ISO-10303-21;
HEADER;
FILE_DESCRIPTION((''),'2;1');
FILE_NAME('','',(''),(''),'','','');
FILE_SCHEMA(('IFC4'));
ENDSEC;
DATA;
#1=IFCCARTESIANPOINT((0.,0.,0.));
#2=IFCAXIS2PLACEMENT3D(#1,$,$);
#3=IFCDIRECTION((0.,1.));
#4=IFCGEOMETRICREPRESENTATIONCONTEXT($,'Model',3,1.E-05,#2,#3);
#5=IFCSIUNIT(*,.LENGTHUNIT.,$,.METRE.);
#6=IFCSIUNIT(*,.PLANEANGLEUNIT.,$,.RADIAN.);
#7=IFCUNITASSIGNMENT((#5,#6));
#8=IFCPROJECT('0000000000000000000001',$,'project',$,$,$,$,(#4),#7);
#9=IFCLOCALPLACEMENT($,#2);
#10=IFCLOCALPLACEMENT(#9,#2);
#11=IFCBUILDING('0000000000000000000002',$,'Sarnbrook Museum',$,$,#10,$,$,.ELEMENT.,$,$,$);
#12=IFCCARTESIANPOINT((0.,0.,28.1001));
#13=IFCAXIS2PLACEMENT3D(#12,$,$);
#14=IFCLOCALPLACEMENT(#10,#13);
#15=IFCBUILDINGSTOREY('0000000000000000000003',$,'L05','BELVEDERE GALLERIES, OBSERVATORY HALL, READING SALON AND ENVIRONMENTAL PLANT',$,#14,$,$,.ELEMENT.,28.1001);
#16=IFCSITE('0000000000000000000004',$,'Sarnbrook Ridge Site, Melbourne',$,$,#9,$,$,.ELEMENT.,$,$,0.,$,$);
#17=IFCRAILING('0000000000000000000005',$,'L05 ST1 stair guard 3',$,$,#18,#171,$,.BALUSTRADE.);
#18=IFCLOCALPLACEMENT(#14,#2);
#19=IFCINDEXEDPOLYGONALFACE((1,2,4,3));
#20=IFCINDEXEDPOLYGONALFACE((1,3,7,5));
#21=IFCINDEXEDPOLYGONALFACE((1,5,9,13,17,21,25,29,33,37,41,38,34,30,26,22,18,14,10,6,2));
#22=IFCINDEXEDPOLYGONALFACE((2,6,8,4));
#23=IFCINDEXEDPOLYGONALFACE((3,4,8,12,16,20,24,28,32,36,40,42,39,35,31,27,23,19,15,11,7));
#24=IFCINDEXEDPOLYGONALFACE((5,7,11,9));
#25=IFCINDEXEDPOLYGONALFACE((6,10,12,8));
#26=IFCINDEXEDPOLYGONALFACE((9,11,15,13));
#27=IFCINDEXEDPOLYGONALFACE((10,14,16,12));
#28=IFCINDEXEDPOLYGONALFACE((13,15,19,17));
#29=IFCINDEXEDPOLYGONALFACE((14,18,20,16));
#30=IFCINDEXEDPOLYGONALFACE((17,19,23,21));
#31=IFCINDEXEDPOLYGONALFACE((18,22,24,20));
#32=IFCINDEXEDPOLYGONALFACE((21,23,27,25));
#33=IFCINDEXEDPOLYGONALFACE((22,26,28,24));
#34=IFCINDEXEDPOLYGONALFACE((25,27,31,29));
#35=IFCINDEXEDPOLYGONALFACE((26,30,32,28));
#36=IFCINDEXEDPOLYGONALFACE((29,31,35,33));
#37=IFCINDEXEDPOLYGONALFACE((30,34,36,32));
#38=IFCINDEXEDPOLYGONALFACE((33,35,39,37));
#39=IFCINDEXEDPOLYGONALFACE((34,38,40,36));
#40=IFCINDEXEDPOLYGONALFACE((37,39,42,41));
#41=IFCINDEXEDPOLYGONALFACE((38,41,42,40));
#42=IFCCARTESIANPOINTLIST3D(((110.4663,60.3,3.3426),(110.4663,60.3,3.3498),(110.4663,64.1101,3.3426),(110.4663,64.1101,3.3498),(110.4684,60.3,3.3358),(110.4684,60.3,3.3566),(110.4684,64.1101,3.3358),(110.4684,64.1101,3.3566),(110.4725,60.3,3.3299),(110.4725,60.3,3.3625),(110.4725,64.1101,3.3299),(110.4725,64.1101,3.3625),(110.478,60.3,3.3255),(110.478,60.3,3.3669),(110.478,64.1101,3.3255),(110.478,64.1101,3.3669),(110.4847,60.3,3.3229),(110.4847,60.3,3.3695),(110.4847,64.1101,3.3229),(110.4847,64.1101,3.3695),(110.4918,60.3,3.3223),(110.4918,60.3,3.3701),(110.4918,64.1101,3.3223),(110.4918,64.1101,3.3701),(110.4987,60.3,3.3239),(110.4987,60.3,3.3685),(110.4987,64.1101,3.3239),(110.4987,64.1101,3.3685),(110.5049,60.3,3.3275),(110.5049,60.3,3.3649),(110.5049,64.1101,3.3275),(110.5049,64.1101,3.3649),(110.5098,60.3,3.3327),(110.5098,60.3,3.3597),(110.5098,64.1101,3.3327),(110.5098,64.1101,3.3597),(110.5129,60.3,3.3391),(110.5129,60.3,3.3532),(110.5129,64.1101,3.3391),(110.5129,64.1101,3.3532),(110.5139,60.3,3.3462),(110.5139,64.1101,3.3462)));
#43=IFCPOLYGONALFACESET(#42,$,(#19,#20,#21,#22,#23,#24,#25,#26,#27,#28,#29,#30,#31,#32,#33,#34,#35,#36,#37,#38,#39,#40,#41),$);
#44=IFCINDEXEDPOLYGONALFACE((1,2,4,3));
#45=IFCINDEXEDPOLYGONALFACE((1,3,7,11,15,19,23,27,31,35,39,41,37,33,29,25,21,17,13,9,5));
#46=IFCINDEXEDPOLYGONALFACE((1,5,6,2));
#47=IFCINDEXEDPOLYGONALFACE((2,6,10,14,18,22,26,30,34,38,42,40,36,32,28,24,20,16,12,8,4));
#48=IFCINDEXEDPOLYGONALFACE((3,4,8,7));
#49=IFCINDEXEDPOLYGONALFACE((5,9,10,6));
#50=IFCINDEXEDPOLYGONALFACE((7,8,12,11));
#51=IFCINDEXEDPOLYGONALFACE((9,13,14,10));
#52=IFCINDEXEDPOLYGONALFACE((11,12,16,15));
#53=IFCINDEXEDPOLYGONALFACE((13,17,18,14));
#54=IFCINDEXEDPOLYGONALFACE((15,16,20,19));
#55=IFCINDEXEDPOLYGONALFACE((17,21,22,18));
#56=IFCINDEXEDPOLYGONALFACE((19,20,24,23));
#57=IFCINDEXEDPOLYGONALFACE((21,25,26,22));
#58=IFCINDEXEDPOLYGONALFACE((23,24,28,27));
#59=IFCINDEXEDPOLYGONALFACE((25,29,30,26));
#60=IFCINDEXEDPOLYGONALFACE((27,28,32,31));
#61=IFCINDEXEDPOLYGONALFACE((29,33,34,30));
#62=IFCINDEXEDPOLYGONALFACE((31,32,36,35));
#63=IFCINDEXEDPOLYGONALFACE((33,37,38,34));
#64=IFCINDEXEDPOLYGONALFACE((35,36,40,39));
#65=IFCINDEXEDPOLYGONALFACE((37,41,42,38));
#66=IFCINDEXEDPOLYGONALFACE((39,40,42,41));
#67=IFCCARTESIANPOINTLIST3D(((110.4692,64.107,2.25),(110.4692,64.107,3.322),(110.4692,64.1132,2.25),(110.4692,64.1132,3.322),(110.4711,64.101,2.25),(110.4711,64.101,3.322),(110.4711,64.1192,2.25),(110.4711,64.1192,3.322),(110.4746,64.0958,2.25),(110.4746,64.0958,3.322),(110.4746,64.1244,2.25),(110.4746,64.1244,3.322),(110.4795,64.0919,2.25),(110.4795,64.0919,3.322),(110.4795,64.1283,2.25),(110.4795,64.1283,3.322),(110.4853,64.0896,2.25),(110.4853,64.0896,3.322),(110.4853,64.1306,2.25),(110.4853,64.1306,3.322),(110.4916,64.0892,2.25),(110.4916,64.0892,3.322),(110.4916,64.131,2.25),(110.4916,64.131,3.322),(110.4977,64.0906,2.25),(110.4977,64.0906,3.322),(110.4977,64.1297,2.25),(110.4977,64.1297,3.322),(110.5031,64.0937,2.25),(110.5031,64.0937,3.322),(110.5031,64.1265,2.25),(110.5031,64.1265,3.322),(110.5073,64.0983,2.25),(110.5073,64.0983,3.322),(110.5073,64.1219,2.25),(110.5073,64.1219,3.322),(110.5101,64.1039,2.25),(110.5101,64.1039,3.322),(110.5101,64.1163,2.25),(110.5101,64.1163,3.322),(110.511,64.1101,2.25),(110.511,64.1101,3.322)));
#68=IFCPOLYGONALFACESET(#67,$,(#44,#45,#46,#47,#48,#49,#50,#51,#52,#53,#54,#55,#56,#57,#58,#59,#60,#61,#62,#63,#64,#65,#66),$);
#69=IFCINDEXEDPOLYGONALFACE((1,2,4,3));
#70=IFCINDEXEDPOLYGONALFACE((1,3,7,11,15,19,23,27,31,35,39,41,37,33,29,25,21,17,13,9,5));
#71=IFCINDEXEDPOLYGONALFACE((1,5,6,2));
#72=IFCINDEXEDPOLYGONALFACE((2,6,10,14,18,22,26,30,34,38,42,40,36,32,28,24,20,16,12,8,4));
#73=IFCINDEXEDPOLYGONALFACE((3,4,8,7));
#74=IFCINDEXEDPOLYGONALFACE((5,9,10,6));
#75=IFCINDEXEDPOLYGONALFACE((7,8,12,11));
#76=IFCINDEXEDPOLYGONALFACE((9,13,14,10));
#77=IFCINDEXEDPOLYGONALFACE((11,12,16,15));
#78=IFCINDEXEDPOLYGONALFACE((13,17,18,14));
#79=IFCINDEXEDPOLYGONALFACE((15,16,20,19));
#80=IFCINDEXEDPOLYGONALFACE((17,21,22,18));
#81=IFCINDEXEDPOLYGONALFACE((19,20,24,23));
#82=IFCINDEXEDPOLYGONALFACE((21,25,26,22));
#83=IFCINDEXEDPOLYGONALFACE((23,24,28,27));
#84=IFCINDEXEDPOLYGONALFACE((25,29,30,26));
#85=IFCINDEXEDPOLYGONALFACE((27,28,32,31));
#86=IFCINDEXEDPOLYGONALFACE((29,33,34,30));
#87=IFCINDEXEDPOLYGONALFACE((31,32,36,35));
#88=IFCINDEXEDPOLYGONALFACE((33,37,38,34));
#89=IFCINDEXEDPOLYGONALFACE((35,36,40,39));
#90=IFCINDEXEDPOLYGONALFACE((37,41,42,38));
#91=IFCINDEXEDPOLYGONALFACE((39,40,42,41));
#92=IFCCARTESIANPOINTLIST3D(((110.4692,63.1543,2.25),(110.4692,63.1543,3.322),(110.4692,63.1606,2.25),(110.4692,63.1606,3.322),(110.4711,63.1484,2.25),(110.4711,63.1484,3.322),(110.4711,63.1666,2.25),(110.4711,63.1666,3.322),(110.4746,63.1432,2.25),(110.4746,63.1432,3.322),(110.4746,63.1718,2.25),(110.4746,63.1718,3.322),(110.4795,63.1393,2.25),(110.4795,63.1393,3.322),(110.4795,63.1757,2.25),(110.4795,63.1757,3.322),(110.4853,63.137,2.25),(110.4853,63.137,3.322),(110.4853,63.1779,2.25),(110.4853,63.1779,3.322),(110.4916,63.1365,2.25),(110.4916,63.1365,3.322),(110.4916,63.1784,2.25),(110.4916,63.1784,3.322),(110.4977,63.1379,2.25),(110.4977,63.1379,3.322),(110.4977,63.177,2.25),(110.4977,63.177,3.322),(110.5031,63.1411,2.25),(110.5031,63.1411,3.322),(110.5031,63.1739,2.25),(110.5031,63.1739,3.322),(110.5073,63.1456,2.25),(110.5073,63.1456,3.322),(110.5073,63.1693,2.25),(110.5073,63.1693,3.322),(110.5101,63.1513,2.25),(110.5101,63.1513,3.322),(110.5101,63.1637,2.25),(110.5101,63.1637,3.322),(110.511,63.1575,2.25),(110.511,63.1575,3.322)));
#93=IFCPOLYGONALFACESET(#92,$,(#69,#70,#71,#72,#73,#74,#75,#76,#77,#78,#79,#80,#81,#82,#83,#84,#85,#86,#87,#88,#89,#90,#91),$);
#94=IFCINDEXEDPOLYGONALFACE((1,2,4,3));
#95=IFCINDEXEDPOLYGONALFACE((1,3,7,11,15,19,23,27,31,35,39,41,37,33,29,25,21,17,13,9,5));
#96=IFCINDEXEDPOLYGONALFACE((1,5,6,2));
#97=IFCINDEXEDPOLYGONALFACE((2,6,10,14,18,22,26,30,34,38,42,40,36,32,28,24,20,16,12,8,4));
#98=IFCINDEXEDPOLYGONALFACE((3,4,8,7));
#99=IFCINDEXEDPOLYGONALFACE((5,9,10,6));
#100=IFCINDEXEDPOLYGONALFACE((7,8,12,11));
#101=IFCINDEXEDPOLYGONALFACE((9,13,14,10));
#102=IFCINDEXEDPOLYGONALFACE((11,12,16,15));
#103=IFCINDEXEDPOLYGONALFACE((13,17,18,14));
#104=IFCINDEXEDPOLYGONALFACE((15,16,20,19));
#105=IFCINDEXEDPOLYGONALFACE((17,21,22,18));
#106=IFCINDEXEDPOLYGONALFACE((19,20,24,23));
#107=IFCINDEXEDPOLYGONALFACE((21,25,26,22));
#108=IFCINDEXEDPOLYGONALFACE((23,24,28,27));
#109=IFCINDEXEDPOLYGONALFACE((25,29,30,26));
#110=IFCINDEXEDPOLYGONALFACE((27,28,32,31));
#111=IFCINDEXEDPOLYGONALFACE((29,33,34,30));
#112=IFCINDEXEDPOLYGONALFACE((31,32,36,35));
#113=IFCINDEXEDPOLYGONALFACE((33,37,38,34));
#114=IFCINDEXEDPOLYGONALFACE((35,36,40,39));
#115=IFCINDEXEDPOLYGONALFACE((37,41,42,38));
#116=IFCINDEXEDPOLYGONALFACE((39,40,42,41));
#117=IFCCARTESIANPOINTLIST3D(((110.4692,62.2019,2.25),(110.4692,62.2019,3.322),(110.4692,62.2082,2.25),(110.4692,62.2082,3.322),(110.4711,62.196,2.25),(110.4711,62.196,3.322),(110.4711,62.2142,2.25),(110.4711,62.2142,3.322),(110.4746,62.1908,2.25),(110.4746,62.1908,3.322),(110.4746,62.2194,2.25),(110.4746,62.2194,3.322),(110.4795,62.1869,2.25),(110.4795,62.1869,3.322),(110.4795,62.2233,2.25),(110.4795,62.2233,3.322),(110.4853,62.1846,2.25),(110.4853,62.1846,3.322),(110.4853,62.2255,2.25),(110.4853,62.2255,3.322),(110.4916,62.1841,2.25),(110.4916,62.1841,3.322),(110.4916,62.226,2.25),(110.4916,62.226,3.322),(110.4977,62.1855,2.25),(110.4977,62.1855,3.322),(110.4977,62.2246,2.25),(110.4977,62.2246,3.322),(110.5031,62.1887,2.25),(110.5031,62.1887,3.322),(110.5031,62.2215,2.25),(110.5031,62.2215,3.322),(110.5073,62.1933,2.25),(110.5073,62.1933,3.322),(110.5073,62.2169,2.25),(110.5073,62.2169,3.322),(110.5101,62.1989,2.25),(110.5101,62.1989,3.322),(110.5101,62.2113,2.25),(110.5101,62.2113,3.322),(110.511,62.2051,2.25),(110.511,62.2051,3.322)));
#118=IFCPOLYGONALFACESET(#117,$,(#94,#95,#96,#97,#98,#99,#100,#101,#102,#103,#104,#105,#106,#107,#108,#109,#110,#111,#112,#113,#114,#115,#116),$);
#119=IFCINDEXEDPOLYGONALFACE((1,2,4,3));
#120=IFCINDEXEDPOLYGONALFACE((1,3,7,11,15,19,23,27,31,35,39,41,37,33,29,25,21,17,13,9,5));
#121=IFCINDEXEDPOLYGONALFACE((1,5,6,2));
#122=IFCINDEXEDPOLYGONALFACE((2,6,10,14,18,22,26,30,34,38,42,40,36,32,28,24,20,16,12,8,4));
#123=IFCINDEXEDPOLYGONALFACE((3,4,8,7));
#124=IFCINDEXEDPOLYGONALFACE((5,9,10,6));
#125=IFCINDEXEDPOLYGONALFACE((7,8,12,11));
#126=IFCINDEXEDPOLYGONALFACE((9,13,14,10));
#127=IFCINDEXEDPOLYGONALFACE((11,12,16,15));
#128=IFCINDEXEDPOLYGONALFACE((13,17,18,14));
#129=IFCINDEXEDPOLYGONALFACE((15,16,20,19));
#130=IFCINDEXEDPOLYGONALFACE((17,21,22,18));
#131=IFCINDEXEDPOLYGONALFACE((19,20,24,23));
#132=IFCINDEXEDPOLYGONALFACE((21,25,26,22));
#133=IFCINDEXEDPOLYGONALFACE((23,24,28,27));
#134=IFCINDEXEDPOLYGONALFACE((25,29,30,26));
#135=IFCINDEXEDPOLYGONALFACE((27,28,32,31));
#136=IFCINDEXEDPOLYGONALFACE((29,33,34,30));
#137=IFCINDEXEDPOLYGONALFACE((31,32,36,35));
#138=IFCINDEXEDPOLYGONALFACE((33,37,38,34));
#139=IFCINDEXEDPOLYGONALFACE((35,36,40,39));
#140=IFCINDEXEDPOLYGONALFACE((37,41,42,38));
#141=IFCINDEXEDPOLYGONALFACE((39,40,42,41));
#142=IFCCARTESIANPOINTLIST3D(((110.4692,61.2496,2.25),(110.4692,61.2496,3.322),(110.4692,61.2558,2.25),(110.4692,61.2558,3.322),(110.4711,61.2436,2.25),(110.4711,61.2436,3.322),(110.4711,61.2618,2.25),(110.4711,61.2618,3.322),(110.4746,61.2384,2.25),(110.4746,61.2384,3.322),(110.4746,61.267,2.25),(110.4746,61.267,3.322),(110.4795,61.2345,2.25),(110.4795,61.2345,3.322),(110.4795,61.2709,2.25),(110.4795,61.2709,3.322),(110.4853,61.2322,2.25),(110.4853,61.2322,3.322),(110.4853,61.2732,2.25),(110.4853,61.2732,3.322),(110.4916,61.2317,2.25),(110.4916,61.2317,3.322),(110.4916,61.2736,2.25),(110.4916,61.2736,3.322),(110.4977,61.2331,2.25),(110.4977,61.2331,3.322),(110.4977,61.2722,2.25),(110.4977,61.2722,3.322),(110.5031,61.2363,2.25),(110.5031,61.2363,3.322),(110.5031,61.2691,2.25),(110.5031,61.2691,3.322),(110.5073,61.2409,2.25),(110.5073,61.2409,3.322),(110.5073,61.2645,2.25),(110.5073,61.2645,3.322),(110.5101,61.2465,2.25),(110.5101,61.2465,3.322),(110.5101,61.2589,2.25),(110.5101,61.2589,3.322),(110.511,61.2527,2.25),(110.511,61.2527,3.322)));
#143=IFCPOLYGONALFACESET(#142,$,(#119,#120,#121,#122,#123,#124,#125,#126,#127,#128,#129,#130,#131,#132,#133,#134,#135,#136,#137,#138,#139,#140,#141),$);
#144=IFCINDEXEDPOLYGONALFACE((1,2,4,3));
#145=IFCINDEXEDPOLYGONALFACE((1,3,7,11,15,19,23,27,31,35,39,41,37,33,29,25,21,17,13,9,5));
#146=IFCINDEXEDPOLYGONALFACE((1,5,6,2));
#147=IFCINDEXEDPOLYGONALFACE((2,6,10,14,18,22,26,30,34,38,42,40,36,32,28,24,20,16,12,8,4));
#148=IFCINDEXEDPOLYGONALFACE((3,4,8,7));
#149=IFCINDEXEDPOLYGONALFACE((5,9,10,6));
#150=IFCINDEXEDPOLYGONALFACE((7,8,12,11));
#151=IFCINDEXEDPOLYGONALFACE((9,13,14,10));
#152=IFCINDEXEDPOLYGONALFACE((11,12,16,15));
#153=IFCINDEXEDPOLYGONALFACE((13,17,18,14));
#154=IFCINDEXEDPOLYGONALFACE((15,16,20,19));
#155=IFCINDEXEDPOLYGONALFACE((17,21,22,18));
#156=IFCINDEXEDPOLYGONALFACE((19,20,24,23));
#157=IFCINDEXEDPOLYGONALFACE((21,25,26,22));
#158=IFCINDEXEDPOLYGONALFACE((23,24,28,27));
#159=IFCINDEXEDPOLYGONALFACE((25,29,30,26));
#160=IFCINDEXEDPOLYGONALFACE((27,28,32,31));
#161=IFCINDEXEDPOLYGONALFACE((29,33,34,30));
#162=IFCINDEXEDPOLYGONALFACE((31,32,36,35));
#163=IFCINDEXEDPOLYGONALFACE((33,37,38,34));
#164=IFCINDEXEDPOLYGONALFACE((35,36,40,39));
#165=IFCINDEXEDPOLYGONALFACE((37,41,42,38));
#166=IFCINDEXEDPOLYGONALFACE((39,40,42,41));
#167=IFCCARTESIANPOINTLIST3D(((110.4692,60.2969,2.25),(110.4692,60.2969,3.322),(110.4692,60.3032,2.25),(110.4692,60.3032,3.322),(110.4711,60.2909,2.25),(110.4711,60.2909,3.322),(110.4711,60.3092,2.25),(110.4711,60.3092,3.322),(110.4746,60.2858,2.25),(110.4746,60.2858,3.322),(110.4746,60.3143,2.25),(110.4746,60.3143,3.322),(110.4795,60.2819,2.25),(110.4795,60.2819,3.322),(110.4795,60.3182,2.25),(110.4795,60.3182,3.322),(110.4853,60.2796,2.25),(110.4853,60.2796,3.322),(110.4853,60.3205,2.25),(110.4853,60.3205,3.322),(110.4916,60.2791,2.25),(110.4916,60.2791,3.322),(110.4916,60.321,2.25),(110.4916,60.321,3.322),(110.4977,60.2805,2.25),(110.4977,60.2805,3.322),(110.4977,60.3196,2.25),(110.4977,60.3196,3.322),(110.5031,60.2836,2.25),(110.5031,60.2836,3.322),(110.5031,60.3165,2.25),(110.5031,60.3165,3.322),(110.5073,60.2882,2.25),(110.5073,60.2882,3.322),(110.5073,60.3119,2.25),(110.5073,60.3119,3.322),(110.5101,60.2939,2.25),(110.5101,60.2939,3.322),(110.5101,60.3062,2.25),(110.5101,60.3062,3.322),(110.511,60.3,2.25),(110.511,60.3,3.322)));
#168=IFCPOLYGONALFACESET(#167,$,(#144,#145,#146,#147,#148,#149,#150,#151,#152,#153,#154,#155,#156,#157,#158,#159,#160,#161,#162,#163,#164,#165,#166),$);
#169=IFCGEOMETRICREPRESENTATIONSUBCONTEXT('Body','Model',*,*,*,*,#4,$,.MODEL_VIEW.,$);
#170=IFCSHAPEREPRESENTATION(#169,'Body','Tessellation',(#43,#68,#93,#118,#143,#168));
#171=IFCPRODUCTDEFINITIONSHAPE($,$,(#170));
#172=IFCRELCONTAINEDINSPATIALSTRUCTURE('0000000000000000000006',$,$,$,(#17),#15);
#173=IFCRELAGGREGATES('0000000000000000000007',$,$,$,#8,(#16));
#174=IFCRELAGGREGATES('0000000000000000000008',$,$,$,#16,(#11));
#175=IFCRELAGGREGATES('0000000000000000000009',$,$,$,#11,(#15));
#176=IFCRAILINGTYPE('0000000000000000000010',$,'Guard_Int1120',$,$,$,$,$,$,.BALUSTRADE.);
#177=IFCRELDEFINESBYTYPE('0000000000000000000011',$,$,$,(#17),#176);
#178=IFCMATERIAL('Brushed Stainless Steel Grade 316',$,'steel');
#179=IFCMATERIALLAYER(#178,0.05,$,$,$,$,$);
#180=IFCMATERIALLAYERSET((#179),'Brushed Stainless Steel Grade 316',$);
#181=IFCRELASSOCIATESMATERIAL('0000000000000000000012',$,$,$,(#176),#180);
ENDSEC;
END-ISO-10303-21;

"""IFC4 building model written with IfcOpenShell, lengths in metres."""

from ifc_helpers import new_model, si_unit, direction, frame, origin, origin_2d, place, context, subcontext, project, spatial, circle, extrude, material, layer, layer_set, type_object, element, save


model = new_model("IFC4")

# Units and contexts
model_context = context("Model", 3, precision=1e-05, world=origin(), true_north=direction((0.0, 1.0)))
body_context = subcontext(model_context, "Body", "Model", "MODEL_VIEW")
ifc_project = project(units=[si_unit("LENGTHUNIT", "METRE"), si_unit("PLANEANGLEUNIT", "RADIAN")], contexts=[model_context])

# Site, building, storey
site_placement = place(None, origin())
site = spatial("IfcSite", under=ifc_project, at=site_placement, Name="Sarnbrook Ridge Site, Melbourne", CompositionType="ELEMENT", RefElevation=0.0)
building_placement = place(site_placement, origin())
building = spatial("IfcBuilding", under=site, at=building_placement, Name="Sarnbrook Museum", CompositionType="ELEMENT")
storey_placement = place(building_placement, frame((0.0, 0.0, 28.1001)))
storey = spatial("IfcBuildingStorey", under=building, at=storey_placement, Name="L05", Description="BELVEDERE GALLERIES, OBSERVATORY HALL, READING SALON AND ENVIRONMENTAL PLANT", CompositionType="ELEMENT", Elevation=28.1001)

# Shared definitions
ifc_material_1 = material(Name="Brushed Stainless Steel Grade 316", Category="steel")

# Railing
ifc_layer_1 = layer(ifc_material_1, 0.05)
ifc_layer_set_1 = layer_set([ifc_layer_1], Name="Brushed Stainless Steel Grade 316")
railing_type_1 = type_object("IfcRailingType", Name="Guard_Int1120", PredefinedType="BALUSTRADE", material=ifc_layer_set_1)
for number, where, name in (
    (1, (110.49, 64.1101, 2.25), "L05 ST1 stair guard 3"),
):
    element("IfcRailing", number, at=place(storey_placement, frame(where)), inside=storey, type_object=railing_type_1, Name=name, PredefinedType="BALUSTRADE", context=body_context, shape_type="SweptSolid", body=[
        extrude(circle(Radius=0.0239, at=origin_2d()), frame((0.0, 0.0, 1.0962), z_axis=(0.0, -1.0, 0.0), x_axis=(1.0, 0.0, 0.0)), (0.0, 0.0, 1.0), 3.8101),
        extrude(circle(Radius=0.021, at=origin_2d()), origin(), (0.0, 0.0, 1.0), 1.072),
        extrude(circle(Radius=0.021, at=origin_2d()), frame((0.0, -0.9526, 0.0)), (0.0, 0.0, 1.0), 1.072),
        extrude(circle(Radius=0.021, at=origin_2d()), frame((0.0, -1.905, 0.0)), (0.0, 0.0, 1.0), 1.072),
        extrude(circle(Radius=0.021, at=origin_2d()), frame((0.0, -2.8574, 0.0)), (0.0, 0.0, 1.0), 1.072),
        extrude(circle(Radius=0.021, at=origin_2d()), frame((0.0, -3.8101, 0.0)), (0.0, 0.0, 1.0), 1.072),
    ])

save(model, "model.ifc")
